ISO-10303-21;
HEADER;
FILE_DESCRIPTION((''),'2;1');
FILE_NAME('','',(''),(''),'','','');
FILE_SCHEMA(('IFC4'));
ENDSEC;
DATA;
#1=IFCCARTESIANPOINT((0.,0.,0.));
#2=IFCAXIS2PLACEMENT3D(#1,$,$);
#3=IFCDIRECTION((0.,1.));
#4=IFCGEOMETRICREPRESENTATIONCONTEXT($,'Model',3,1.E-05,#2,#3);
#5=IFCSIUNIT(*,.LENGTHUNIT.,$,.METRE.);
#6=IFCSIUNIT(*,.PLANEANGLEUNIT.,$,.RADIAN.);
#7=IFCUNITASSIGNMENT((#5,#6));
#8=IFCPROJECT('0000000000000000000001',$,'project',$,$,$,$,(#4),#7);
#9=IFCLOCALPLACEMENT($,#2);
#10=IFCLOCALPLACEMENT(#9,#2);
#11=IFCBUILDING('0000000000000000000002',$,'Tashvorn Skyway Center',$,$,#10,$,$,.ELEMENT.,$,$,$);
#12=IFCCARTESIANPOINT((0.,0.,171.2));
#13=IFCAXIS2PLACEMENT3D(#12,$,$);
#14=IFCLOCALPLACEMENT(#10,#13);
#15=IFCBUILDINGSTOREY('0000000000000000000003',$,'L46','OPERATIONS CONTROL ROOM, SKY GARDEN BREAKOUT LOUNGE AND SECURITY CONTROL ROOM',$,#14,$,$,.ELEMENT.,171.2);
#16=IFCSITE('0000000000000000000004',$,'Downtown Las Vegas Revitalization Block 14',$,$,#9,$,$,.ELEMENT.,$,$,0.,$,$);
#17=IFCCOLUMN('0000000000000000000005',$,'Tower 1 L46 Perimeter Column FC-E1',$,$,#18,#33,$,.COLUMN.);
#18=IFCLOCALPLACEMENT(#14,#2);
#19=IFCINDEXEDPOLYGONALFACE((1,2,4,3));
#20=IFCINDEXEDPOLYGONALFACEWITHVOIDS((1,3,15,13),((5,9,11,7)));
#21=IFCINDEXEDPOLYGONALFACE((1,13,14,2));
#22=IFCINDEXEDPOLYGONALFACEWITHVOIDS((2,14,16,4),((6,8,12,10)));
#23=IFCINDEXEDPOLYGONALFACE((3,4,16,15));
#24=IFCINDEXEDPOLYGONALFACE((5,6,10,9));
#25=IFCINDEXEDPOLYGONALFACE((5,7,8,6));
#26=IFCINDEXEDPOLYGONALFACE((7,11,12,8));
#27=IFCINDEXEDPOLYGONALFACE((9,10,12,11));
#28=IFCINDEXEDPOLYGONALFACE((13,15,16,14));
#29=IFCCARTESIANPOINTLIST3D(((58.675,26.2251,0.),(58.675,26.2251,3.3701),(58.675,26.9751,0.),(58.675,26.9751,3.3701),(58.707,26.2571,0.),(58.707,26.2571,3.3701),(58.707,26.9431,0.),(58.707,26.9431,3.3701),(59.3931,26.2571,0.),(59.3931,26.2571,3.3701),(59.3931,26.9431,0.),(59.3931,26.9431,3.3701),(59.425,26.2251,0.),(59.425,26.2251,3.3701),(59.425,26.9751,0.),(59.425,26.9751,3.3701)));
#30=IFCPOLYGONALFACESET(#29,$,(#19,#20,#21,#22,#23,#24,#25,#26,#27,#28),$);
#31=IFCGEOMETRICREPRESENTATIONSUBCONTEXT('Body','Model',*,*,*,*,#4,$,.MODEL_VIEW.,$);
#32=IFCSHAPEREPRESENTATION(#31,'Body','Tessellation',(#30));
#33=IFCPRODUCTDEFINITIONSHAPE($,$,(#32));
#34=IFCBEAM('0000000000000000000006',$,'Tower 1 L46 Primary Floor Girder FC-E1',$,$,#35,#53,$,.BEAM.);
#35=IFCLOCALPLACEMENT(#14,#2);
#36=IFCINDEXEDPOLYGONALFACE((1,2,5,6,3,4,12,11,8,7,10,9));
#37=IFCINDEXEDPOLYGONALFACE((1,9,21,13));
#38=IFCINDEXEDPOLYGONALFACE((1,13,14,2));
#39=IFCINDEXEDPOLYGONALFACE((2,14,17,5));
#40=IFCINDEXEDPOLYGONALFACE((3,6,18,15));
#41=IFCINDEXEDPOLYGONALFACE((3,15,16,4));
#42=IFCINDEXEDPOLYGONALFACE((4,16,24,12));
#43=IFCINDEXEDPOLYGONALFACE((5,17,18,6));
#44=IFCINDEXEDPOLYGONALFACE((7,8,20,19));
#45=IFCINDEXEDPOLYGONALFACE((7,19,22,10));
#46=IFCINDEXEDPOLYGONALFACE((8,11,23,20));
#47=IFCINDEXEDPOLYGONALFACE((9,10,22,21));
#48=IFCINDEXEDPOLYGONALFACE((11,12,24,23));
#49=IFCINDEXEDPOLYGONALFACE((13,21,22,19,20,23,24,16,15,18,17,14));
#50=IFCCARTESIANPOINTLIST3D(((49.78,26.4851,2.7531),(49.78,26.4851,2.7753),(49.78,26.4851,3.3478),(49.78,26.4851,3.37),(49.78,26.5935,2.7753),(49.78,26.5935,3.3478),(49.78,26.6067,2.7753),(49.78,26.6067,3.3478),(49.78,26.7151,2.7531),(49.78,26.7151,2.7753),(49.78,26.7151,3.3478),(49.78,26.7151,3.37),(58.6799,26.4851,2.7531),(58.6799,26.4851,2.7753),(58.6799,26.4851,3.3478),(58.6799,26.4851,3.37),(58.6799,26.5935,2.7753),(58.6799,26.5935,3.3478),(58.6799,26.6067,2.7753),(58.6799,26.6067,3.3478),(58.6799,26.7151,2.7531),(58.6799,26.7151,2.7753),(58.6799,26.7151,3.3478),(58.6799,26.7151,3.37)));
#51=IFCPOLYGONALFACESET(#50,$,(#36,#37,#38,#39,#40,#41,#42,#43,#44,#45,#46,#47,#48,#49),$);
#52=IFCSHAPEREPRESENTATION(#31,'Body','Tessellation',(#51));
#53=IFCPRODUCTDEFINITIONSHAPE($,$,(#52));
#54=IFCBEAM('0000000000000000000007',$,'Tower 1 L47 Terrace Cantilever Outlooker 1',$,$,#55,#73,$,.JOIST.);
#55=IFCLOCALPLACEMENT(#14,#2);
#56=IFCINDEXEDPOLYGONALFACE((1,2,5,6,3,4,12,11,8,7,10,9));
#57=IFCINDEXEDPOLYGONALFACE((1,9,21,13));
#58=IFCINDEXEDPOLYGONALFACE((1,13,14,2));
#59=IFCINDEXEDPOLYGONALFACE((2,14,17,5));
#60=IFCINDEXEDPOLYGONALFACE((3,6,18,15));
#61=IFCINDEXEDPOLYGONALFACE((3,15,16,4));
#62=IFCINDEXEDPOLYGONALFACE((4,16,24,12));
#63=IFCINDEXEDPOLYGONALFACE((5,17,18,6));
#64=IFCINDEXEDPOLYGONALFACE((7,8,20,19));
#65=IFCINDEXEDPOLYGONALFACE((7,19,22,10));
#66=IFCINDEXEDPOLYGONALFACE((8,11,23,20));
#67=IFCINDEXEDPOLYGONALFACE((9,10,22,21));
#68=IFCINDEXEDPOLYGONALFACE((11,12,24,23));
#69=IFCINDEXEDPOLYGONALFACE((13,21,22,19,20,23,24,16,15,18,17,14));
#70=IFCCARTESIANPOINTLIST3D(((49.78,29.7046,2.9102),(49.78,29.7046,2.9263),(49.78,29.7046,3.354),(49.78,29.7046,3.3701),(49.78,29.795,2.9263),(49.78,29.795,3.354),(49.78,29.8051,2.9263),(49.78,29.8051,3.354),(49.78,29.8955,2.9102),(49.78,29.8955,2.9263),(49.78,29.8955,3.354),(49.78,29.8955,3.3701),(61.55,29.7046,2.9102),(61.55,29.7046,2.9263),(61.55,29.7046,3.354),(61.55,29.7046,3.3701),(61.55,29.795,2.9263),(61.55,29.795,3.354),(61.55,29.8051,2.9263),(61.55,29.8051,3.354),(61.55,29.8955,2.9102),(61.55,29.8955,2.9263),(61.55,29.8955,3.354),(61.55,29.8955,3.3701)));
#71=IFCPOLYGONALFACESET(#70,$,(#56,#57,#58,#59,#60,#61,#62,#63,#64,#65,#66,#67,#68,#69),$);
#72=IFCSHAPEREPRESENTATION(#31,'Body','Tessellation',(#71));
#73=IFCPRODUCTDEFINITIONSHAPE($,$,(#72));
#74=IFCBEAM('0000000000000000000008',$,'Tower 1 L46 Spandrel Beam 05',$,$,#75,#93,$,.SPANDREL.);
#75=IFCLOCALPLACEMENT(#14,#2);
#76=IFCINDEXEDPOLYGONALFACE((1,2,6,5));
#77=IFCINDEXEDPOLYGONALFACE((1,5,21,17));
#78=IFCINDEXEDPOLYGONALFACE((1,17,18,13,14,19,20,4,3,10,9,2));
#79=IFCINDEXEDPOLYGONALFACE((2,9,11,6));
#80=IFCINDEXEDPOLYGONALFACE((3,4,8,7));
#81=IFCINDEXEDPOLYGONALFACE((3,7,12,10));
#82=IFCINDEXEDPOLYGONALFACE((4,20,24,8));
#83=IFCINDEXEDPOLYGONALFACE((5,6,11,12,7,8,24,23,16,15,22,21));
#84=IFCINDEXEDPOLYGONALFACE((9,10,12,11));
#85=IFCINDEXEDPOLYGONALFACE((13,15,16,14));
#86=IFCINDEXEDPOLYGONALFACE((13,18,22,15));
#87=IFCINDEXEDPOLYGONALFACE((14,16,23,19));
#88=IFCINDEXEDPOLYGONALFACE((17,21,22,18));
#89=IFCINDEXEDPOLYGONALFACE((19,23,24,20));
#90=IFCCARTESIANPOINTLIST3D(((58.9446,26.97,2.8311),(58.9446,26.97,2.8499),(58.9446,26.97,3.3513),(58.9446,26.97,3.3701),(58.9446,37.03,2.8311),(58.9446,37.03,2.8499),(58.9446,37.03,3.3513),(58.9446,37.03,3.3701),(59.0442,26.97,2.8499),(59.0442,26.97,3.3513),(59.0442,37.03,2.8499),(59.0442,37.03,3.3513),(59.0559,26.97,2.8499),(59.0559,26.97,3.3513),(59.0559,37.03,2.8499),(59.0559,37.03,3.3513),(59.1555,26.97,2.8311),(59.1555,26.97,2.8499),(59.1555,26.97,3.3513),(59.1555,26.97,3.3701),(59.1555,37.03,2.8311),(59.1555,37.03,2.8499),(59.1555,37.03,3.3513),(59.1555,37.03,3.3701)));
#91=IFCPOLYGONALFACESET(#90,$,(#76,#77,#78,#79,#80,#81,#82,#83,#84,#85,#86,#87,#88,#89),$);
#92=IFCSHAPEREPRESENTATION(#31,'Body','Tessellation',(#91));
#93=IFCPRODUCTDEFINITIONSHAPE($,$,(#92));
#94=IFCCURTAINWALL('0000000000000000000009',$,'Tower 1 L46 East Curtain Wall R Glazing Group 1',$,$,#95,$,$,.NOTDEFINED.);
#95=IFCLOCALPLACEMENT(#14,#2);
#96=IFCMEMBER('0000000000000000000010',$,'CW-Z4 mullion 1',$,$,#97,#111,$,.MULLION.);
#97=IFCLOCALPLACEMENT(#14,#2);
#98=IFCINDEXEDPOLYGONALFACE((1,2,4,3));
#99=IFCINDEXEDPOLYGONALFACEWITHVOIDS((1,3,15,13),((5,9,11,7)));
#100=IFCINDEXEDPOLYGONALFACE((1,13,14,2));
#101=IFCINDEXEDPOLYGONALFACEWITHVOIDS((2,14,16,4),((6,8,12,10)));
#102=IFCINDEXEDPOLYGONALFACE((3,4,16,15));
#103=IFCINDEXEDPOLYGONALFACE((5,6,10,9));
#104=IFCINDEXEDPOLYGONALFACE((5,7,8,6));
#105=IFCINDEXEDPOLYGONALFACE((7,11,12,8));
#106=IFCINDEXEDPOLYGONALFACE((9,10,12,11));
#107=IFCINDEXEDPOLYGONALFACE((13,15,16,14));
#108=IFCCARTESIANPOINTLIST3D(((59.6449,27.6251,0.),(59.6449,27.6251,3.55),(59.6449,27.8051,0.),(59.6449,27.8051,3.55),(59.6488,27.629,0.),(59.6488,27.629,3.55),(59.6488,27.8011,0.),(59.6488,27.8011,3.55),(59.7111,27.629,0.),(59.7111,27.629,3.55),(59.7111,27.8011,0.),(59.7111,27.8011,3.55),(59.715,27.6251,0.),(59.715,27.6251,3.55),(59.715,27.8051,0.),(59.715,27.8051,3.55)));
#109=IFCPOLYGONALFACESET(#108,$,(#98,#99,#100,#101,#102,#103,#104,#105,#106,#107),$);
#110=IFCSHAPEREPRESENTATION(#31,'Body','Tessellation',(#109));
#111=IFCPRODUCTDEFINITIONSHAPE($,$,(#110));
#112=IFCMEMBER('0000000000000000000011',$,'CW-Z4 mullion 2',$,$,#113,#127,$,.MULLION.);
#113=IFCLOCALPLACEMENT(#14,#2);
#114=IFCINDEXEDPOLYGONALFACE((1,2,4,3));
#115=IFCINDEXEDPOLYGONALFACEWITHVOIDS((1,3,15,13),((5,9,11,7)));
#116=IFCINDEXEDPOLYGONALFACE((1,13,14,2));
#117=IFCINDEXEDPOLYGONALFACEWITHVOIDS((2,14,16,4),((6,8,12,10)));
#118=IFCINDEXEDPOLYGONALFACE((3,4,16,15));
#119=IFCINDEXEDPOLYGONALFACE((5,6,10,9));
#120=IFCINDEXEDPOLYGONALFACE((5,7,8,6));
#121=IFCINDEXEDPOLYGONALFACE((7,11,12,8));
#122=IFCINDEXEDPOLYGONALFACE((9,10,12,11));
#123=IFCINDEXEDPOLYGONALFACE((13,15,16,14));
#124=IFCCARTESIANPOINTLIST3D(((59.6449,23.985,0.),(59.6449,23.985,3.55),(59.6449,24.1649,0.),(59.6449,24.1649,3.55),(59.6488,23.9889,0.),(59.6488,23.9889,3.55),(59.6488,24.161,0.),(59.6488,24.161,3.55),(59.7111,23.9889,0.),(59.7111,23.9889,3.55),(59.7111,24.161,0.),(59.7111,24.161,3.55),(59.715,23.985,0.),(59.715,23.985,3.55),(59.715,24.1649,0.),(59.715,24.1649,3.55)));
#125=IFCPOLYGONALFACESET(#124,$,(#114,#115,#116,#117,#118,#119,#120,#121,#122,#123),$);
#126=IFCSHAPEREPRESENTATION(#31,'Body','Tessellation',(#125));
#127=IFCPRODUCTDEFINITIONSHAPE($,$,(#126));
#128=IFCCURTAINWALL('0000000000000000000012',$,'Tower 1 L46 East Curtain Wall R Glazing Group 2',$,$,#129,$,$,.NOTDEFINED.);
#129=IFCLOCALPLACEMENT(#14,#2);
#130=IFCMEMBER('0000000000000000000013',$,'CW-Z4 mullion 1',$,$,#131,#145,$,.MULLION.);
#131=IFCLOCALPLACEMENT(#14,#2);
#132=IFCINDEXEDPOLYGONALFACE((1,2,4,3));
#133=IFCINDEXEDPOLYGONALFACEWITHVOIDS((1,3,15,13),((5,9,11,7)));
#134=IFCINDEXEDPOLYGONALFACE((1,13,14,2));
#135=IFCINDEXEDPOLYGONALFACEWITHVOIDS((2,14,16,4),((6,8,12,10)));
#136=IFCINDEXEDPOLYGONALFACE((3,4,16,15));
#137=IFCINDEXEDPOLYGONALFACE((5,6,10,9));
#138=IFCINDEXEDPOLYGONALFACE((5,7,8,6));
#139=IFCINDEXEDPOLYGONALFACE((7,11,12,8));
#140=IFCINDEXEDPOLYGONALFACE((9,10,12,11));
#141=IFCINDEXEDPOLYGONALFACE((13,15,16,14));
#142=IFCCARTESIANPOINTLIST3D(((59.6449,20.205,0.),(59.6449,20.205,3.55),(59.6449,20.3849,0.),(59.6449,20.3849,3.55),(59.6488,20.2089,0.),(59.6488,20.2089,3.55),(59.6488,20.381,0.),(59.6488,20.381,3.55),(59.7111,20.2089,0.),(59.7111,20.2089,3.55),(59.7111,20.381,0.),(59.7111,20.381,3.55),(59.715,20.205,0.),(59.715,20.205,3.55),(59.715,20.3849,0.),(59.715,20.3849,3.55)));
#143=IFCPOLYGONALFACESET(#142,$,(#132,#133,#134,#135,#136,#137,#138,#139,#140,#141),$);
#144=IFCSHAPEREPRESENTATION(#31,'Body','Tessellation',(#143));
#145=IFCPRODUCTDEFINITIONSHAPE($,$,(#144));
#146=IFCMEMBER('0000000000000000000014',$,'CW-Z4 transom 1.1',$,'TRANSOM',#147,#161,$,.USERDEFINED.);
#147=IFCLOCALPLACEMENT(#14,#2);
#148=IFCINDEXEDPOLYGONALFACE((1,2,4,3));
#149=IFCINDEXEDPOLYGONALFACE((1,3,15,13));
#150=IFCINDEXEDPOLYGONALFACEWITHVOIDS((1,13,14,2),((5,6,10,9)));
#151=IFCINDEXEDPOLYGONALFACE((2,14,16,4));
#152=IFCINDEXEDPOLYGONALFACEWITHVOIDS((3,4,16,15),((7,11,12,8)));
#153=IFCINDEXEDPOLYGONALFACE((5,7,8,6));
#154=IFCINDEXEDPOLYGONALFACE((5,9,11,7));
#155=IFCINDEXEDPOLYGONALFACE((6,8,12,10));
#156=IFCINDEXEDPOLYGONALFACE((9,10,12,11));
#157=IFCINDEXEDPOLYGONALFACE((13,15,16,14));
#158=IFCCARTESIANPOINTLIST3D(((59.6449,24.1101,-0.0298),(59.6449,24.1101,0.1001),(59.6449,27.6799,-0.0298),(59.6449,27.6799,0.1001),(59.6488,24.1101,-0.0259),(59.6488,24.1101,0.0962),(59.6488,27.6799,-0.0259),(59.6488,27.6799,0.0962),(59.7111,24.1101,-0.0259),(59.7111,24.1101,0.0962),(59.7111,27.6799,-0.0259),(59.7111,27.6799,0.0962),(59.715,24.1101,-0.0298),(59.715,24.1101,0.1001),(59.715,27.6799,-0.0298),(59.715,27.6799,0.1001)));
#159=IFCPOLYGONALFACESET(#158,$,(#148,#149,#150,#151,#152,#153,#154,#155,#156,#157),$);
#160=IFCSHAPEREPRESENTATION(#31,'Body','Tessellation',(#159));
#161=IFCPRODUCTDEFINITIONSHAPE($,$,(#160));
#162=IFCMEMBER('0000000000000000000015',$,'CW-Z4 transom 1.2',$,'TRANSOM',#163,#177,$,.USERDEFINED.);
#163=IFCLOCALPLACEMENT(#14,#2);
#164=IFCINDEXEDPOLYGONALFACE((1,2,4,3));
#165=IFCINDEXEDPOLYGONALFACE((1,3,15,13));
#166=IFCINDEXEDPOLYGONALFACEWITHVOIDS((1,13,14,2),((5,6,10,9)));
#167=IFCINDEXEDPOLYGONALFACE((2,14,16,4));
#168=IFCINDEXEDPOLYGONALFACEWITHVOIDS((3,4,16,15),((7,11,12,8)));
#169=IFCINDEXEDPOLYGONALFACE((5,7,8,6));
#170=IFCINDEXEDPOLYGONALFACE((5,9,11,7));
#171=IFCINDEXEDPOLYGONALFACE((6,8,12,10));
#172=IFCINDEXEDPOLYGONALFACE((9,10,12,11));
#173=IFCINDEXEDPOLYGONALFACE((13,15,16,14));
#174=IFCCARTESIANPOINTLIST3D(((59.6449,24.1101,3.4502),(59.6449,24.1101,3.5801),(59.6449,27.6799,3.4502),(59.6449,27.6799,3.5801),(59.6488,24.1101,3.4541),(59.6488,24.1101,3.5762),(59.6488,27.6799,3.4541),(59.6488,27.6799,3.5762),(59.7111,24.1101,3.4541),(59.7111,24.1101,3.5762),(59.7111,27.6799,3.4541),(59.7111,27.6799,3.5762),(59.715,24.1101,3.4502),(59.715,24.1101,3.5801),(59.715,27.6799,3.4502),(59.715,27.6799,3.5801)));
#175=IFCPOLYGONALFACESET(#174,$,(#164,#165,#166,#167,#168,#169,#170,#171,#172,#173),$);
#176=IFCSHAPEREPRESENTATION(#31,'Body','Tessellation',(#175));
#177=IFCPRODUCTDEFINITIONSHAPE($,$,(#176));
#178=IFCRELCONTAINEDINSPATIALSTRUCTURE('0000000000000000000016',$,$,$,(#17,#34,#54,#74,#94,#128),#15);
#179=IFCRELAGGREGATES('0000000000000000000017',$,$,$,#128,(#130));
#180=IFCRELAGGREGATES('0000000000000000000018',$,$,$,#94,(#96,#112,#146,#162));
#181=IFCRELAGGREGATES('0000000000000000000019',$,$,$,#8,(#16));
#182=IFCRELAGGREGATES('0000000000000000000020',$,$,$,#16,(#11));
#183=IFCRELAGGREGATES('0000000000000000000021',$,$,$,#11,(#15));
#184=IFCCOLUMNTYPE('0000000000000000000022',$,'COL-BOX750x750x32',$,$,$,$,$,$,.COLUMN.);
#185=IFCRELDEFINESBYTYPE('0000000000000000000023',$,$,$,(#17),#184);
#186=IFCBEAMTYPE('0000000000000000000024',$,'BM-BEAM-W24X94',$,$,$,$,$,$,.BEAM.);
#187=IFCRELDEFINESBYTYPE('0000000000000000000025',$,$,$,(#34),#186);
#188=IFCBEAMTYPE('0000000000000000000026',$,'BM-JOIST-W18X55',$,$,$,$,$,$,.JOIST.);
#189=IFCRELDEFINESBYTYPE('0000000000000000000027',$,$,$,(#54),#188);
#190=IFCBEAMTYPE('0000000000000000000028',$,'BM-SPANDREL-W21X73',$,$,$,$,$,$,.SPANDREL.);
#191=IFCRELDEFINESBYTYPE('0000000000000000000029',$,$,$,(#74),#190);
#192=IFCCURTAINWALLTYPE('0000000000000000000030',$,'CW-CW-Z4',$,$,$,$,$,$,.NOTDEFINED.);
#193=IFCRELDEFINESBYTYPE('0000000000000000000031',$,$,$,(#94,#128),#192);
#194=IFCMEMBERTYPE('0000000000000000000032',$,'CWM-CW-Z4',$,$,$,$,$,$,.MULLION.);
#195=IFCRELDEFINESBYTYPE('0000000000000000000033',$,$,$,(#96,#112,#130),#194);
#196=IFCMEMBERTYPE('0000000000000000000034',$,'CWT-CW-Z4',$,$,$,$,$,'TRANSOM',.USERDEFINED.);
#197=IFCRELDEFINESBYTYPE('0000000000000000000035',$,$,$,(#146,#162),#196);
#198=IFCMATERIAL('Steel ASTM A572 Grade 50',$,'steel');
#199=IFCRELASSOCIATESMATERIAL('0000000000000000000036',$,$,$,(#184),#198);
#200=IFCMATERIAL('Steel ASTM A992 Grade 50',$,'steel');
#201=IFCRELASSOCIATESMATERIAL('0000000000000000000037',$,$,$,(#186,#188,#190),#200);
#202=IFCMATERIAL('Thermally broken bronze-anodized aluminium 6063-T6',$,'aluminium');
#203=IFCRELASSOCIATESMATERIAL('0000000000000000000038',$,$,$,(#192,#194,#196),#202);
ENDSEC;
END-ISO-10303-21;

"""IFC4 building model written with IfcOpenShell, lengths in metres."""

from ifc_helpers import new_model, si_unit, direction, frame, origin, origin_2d, place, context, subcontext, project, spatial, hollow_rectangle, i_section, extrude, material, material_profile, profile_set, type_object, element, aggregate, save


model = new_model("IFC4")

# Units and contexts
model_context = context("Model", 3, precision=1e-05, world=origin(), true_north=direction((0.0, 1.0)))
body_context = subcontext(model_context, "Body", "Model", "MODEL_VIEW")
ifc_project = project(units=[si_unit("LENGTHUNIT", "METRE"), si_unit("PLANEANGLEUNIT", "RADIAN")], contexts=[model_context])

# Site, building, storey
site_placement = place(None, origin())
site = spatial("IfcSite", under=ifc_project, at=site_placement, Name="Downtown Las Vegas Revitalization Block 14", CompositionType="ELEMENT", RefElevation=0.0)
building_placement = place(site_placement, origin())
building = spatial("IfcBuilding", under=site, at=building_placement, Name="Tashvorn Skyway Center", CompositionType="ELEMENT")
storey_placement = place(building_placement, frame((0.0, 0.0, 171.2)))
storey = spatial("IfcBuildingStorey", under=building, at=storey_placement, Name="L46", Description="OPERATIONS CONTROL ROOM, SKY GARDEN BREAKOUT LOUNGE AND SECURITY CONTROL ROOM", CompositionType="ELEMENT", Elevation=171.2)

# Column
ifc_material_1 = material(Name="Steel ASTM A572 Grade 50", Category="steel")
ifc_material_profile_1 = material_profile(ifc_material_1, hollow_rectangle(XDim=0.75, YDim=0.75, WallThickness=0.032, at=origin_2d()), Name="BOX750x750x32")
ifc_profile_set_1 = profile_set([ifc_material_profile_1], Name="Steel ASTM A572 Grade 50")
column_type = type_object("IfcColumnType", Name="COL-BOX750x750x32", PredefinedType="COLUMN", material=ifc_profile_set_1)
column_placement = place(storey_placement, frame((59.05, 26.6001, 0.0), z_axis=(0.0, 0.0, 1.0), x_axis=(1.0, 0.0, 0.0)))
element("IfcColumn", 1, at=column_placement, inside=storey, type_object=column_type, Name="Tower 1 L46 Perimeter Column FC-E1", PredefinedType="COLUMN", context=body_context, shape_type="SweptSolid", body=[
    extrude(hollow_rectangle(XDim=0.75, YDim=0.75, WallThickness=0.032, at=origin_2d()), origin(), (0.0, 0.0, 1.0), 3.3701),
])

# Beams
ifc_material_2 = material(Name="Steel ASTM A992 Grade 50", Category="steel")
ifc_material_profile_2 = material_profile(ifc_material_2, i_section(OverallWidth=0.23, OverallDepth=0.6169, WebThickness=0.0132, FlangeThickness=0.0222, at=origin_2d()), Name="W24X94")
ifc_profile_set_2 = profile_set([ifc_material_profile_2], Name="Steel ASTM A992 Grade 50")
beam_type_1 = type_object("IfcBeamType", Name="BM-BEAM-W24X94", PredefinedType="BEAM", material=ifc_profile_set_2)
beam_1_placement = place(storey_placement, frame((58.6799, 26.6001, 3.0615), z_axis=(-1.0, 0.0, 0.0), x_axis=(0.0, -1.0, 0.0)))
element("IfcBeam", 2, at=beam_1_placement, inside=storey, type_object=beam_type_1, Name="Tower 1 L46 Primary Floor Girder FC-E1", PredefinedType="BEAM", context=body_context, shape_type="SweptSolid", body=[
    extrude(i_section(OverallWidth=0.23, OverallDepth=0.6169, WebThickness=0.0132, FlangeThickness=0.0222, at=origin_2d()), origin(), (0.0, 0.0, 1.0), 8.8999),
])
ifc_material_profile_3 = material_profile(ifc_material_2, i_section(OverallWidth=0.1909, OverallDepth=0.46, WebThickness=0.01, FlangeThickness=0.0161, at=origin_2d()), Name="W18X55")
ifc_profile_set_3 = profile_set([ifc_material_profile_3], Name="Steel ASTM A992 Grade 50")
beam_type_2 = type_object("IfcBeamType", Name="BM-JOIST-W18X55", PredefinedType="JOIST", material=ifc_profile_set_3)
beam_2_placement = place(storey_placement, frame((49.78, 29.8, 3.1401), z_axis=(1.0, 0.0, 0.0), x_axis=(0.0, 1.0, 0.0)))
element("IfcBeam", 3, at=beam_2_placement, inside=storey, type_object=beam_type_2, Name="Tower 1 L47 Terrace Cantilever Outlooker 1", PredefinedType="JOIST", context=body_context, shape_type="SweptSolid", body=[
    extrude(i_section(OverallWidth=0.1909, OverallDepth=0.46, WebThickness=0.01, FlangeThickness=0.0161, at=origin_2d()), origin(), (0.0, 0.0, 1.0), 11.77),
])
ifc_material_profile_4 = material_profile(ifc_material_2, i_section(OverallWidth=0.2109, OverallDepth=0.5391, WebThickness=0.0117, FlangeThickness=0.0188, at=origin_2d()), Name="W21X73")
ifc_profile_set_4 = profile_set([ifc_material_profile_4], Name="Steel ASTM A992 Grade 50")
beam_type_3 = type_object("IfcBeamType", Name="BM-SPANDREL-W21X73", PredefinedType="SPANDREL", material=ifc_profile_set_4)
beam_3_placement = place(storey_placement, frame((59.05, 26.97, 3.1006), z_axis=(0.0, 1.0, 0.0), x_axis=(-1.0, 0.0, 0.0)))
element("IfcBeam", 4, at=beam_3_placement, inside=storey, type_object=beam_type_3, Name="Tower 1 L46 Spandrel Beam 05", PredefinedType="SPANDREL", context=body_context, shape_type="SweptSolid", body=[
    extrude(i_section(OverallWidth=0.2109, OverallDepth=0.5391, WebThickness=0.0117, FlangeThickness=0.0188, at=origin_2d()), origin(), (0.0, 0.0, 1.0), 10.0601),
])

# Curtain wall, members
ifc_material_3 = material(Name="Thermally broken bronze-anodized aluminium 6063-T6", Category="aluminium")
curtain_wall_type = type_object("IfcCurtainWallType", Name="CW-CW-Z4", PredefinedType="NOTDEFINED", material=ifc_material_3)
curtain_wall_1_placement = place(storey_placement, origin())
curtain_wall_1 = element("IfcCurtainWall", 5, at=curtain_wall_1_placement, inside=storey, type_object=curtain_wall_type, Name="Tower 1 L46 East Curtain Wall R Glazing Group 1", PredefinedType="NOTDEFINED")
ifc_material_profile_5 = material_profile(ifc_material_3, hollow_rectangle(XDim=0.0701, YDim=0.1799, WallThickness=0.0039, at=origin_2d()), Name="ALU-MULL-70x180")
ifc_profile_set_5 = profile_set([ifc_material_profile_5], Name="Thermally broken bronze-anodized aluminium 6063-T6")
member_type_1 = type_object("IfcMemberType", Name="CWM-CW-Z4", PredefinedType="MULLION", material=ifc_profile_set_5)
member_1_placement = place(storey_placement, frame((59.6799, 27.7151, 0.0), z_axis=(0.0, 0.0, 1.0), x_axis=(1.0, 0.0, 0.0)))
member_1 = element("IfcMember", 6, at=member_1_placement, type_object=member_type_1, Name="CW-Z4 mullion 1", PredefinedType="MULLION", context=body_context, shape_type="SweptSolid", body=[
    extrude(hollow_rectangle(XDim=0.0701, YDim=0.1799, WallThickness=0.0039, at=origin_2d()), origin(), (0.0, 0.0, 1.0), 3.55),
])
member_2_placement = place(storey_placement, frame((59.6799, 24.075, 0.0), z_axis=(0.0, 0.0, 1.0), x_axis=(1.0, 0.0, 0.0)))
member_2 = element("IfcMember", 7, at=member_2_placement, type_object=member_type_1, Name="CW-Z4 mullion 2", PredefinedType="MULLION", context=body_context, shape_type="SweptSolid", body=[
    extrude(hollow_rectangle(XDim=0.0701, YDim=0.1799, WallThickness=0.0039, at=origin_2d()), origin(), (0.0, 0.0, 1.0), 3.55),
])

# Curtain wall, member
curtain_wall_2_placement = place(storey_placement, origin())
curtain_wall_2 = element("IfcCurtainWall", 8, at=curtain_wall_2_placement, inside=storey, type_object=curtain_wall_type, Name="Tower 1 L46 East Curtain Wall R Glazing Group 2", PredefinedType="NOTDEFINED")
member_3_placement = place(storey_placement, frame((59.6799, 20.2949, 0.0), z_axis=(0.0, 0.0, 1.0), x_axis=(1.0, 0.0, 0.0)))
member_3 = element("IfcMember", 9, at=member_3_placement, type_object=member_type_1, Name="CW-Z4 mullion 1", PredefinedType="MULLION", context=body_context, shape_type="SweptSolid", body=[
    extrude(hollow_rectangle(XDim=0.0701, YDim=0.1799, WallThickness=0.0039, at=origin_2d()), origin(), (0.0, 0.0, 1.0), 3.55),
])
aggregate(curtain_wall_2, [member_3])

# Members
ifc_material_profile_6 = material_profile(ifc_material_3, hollow_rectangle(XDim=0.0701, YDim=0.1299, WallThickness=0.0039, at=origin_2d()), Name="ALU-TRAN-70x130")
ifc_profile_set_6 = profile_set([ifc_material_profile_6], Name="Thermally broken bronze-anodized aluminium 6063-T6")
member_type_2 = type_object("IfcMemberType", Name="CWT-CW-Z4", ElementType="TRANSOM", PredefinedType="USERDEFINED", material=ifc_profile_set_6)
member_4_placement = place(storey_placement, frame((59.6799, 27.6799, 0.0352), z_axis=(0.0, -1.0, 0.0), x_axis=(1.0, 0.0, 0.0)))
member_4 = element("IfcMember", 10, at=member_4_placement, type_object=member_type_2, Name="CW-Z4 transom 1.1", ObjectType="TRANSOM", PredefinedType="USERDEFINED", context=body_context, shape_type="SweptSolid", body=[
    extrude(hollow_rectangle(XDim=0.0701, YDim=0.1299, WallThickness=0.0039, at=origin_2d()), origin(), (0.0, 0.0, 1.0), 3.5698),
])
member_5_placement = place(storey_placement, frame((59.6799, 27.6799, 3.5151), z_axis=(0.0, -1.0, 0.0), x_axis=(1.0, 0.0, 0.0)))
member_5 = element("IfcMember", 11, at=member_5_placement, type_object=member_type_2, Name="CW-Z4 transom 1.2", ObjectType="TRANSOM", PredefinedType="USERDEFINED", context=body_context, shape_type="SweptSolid", body=[
    extrude(hollow_rectangle(XDim=0.0701, YDim=0.1299, WallThickness=0.0039, at=origin_2d()), origin(), (0.0, 0.0, 1.0), 3.5698),
])

aggregate(curtain_wall_1, [member_1, member_2, member_4, member_5])

save(model, "model.ifc")
